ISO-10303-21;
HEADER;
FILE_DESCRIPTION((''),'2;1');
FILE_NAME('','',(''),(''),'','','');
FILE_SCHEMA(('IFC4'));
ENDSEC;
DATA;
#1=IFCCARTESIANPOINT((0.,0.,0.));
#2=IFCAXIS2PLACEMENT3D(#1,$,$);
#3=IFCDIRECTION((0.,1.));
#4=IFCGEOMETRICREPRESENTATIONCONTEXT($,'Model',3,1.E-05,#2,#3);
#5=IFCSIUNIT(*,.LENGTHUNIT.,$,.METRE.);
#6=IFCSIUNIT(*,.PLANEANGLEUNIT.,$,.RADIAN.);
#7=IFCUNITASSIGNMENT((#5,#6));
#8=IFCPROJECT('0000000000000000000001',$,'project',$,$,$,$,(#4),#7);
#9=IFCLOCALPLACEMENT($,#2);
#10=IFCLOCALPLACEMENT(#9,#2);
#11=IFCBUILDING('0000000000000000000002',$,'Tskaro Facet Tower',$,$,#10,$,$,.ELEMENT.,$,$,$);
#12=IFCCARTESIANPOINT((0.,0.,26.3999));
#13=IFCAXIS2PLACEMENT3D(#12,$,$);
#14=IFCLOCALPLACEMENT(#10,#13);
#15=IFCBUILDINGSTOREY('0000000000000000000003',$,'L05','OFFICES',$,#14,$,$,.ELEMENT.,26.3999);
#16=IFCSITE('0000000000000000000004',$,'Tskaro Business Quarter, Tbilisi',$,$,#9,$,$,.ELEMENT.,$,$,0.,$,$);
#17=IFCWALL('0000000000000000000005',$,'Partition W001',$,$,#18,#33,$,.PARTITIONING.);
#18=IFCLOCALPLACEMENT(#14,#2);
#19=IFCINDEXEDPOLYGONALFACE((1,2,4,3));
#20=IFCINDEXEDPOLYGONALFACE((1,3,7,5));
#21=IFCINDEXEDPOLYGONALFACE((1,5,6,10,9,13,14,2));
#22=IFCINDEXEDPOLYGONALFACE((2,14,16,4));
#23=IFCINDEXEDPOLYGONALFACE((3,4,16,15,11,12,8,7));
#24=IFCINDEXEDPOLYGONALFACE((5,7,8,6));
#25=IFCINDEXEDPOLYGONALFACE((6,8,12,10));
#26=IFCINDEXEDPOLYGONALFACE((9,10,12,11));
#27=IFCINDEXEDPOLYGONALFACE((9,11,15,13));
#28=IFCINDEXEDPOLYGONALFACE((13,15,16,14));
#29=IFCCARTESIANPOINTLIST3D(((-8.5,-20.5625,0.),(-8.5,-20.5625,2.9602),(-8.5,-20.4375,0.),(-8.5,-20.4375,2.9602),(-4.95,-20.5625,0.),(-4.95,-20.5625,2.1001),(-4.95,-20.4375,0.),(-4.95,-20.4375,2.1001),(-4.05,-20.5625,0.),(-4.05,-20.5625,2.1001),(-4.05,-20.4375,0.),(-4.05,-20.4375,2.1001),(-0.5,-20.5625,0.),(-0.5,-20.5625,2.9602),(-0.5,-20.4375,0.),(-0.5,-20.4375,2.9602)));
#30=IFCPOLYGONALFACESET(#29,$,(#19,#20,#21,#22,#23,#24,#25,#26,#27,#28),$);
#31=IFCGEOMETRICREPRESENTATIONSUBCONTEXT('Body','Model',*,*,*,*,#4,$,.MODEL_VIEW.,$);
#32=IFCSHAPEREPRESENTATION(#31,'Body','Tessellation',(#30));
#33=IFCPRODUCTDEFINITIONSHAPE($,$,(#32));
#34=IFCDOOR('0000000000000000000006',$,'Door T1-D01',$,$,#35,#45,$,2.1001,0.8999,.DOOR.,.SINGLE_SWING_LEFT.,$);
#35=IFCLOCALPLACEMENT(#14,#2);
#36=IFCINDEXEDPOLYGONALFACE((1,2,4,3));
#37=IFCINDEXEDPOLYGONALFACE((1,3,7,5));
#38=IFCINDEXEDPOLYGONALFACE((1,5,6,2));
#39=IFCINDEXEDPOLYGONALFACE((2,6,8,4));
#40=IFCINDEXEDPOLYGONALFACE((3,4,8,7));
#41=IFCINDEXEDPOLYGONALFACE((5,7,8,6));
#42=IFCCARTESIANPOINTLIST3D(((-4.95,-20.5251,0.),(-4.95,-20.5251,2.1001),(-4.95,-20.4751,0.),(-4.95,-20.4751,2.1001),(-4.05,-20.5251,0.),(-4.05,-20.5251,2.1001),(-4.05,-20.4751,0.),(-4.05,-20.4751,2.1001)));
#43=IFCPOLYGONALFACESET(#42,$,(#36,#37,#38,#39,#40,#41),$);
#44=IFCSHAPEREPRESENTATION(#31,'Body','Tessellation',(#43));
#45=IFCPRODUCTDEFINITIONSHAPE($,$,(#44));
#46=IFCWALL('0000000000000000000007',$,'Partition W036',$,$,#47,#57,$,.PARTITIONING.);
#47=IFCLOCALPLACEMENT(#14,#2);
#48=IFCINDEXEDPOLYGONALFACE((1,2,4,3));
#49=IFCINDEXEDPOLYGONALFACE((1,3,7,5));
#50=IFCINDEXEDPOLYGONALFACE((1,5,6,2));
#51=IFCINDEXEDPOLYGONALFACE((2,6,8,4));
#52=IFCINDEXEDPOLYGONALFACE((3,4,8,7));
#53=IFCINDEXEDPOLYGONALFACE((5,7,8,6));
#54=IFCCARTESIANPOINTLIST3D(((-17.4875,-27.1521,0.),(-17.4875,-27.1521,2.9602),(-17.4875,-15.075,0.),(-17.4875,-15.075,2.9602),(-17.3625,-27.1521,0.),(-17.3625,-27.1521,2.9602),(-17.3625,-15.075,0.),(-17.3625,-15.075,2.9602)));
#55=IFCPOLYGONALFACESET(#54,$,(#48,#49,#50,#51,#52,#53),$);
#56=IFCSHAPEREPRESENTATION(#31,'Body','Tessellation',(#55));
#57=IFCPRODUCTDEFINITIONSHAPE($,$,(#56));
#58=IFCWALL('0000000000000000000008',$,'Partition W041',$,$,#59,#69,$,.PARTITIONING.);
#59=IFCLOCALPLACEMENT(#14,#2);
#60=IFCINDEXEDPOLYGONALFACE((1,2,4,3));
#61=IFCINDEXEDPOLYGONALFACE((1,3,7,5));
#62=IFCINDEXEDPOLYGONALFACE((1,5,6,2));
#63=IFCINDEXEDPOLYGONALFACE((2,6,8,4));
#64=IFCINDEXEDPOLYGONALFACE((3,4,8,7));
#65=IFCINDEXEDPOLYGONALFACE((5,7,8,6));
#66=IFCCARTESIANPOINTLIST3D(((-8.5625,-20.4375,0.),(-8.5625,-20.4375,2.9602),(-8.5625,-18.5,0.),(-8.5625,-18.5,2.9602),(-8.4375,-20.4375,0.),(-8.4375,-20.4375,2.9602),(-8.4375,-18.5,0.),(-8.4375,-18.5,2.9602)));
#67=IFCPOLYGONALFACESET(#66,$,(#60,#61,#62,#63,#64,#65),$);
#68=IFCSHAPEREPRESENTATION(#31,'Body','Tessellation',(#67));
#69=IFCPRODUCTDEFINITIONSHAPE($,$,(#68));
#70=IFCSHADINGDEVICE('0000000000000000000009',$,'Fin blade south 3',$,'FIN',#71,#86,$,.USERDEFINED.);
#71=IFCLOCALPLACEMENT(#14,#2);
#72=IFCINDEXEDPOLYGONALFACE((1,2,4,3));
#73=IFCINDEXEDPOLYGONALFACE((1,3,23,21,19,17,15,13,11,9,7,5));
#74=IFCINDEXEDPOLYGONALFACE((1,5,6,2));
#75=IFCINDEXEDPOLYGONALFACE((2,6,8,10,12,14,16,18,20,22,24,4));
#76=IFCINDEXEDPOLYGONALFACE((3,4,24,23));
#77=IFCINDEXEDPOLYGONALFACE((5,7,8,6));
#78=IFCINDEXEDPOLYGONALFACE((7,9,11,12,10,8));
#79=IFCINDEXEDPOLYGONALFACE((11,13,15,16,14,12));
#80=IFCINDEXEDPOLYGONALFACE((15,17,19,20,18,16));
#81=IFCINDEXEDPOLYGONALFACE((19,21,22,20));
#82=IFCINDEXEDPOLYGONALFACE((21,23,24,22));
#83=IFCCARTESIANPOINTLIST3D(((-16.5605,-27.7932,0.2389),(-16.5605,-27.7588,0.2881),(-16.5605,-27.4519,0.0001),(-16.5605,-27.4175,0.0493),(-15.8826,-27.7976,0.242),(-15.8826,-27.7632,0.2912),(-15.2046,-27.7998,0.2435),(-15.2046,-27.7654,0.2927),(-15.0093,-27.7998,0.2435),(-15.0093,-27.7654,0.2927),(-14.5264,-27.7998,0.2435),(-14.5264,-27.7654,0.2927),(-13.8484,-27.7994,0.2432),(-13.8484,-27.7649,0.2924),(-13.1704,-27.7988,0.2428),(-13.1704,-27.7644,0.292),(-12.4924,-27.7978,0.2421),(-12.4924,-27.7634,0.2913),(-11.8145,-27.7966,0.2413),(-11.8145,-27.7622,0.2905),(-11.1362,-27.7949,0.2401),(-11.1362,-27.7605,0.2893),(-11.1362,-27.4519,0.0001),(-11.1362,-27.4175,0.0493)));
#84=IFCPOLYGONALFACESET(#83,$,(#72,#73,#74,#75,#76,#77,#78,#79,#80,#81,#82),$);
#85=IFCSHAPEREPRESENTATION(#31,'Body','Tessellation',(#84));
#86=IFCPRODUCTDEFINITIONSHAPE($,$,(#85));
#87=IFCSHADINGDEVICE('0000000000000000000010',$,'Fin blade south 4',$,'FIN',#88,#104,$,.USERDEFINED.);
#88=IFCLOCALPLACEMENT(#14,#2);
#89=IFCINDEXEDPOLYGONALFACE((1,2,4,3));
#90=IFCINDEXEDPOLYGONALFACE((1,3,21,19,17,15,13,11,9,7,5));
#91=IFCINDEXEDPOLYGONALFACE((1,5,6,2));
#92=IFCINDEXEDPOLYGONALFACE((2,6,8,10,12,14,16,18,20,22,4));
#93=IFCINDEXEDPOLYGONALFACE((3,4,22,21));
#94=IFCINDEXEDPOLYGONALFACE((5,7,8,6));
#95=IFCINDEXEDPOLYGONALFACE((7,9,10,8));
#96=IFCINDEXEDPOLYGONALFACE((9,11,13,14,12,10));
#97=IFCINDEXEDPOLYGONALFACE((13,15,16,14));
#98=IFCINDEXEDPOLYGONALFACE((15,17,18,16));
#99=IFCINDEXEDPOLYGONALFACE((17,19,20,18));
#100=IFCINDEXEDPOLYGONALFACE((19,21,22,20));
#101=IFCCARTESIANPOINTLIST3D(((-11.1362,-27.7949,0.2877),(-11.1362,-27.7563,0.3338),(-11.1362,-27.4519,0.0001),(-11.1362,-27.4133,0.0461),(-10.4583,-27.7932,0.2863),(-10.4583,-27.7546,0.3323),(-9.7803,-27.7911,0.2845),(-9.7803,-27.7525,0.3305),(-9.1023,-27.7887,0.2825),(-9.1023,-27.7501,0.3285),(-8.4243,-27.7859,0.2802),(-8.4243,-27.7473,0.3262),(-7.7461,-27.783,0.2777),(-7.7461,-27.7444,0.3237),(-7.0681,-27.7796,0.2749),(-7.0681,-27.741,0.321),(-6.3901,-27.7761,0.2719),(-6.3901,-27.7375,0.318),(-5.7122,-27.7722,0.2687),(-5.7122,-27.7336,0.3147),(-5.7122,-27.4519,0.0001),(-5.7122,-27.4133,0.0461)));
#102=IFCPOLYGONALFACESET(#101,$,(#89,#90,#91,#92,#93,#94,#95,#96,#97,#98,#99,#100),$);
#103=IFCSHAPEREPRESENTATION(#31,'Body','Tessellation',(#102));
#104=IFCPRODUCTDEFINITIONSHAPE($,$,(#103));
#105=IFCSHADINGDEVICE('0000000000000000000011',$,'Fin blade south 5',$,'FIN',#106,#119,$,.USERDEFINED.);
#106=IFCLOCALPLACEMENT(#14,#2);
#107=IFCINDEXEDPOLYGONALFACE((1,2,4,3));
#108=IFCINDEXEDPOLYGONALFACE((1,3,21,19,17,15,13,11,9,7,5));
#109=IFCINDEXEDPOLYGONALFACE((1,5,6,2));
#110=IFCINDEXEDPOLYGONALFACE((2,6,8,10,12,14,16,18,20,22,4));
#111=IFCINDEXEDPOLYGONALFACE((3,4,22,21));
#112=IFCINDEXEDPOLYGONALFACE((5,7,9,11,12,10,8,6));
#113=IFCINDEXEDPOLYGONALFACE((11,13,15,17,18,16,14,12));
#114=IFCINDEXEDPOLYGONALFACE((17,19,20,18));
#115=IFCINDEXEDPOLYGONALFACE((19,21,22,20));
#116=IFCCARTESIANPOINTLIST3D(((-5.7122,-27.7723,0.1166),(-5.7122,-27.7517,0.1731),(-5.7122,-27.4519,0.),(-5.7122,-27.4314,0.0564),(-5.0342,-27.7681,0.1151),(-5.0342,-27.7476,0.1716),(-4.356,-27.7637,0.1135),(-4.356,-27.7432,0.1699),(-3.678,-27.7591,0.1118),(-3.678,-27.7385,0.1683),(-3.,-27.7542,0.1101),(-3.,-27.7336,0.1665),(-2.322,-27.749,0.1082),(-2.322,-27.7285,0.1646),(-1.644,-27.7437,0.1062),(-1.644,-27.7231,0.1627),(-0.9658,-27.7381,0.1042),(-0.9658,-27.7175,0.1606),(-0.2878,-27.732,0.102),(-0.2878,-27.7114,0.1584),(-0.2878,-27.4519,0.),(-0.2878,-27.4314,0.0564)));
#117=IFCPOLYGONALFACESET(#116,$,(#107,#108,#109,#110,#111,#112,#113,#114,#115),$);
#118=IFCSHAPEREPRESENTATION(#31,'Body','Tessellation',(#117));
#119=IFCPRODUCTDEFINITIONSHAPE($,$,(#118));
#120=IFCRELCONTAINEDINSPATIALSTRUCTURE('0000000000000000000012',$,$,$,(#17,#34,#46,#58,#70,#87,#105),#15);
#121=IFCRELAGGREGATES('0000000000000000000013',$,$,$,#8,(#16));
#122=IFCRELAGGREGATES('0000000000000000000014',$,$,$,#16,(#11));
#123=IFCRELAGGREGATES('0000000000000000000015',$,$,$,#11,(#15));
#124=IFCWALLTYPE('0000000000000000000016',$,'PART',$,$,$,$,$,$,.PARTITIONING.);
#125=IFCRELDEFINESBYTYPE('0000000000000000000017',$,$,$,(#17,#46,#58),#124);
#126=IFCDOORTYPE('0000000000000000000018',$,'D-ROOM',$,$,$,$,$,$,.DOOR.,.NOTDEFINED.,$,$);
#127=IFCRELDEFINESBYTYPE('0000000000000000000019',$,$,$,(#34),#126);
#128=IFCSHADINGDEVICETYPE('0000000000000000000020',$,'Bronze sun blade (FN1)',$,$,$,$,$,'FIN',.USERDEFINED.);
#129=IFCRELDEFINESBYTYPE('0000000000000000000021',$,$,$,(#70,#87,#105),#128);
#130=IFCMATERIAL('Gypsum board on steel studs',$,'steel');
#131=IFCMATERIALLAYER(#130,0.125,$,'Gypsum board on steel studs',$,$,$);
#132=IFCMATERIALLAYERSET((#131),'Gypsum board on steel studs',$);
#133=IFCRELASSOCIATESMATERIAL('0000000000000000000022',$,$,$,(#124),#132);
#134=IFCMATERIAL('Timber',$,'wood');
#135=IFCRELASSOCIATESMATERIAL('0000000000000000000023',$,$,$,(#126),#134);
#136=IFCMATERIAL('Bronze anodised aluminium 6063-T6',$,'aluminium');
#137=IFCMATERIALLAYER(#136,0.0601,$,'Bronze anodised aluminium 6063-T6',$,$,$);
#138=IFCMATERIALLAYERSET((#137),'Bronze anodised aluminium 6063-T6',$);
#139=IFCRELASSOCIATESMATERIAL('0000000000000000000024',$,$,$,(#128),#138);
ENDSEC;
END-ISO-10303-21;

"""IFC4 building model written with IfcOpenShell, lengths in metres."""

from ifc_helpers import new_model, si_unit, direction, frame, frame_2d, origin, place, context, subcontext, project, spatial, polyline, rectangle, outline, extrude, material, layer, layer_set, type_object, element, fill, save


model = new_model("IFC4")

# Units and contexts
model_context = context("Model", 3, precision=1e-05, world=origin(), true_north=direction((0.0, 1.0)))
body_context = subcontext(model_context, "Body", "Model", "MODEL_VIEW")
ifc_project = project(units=[si_unit("LENGTHUNIT", "METRE"), si_unit("PLANEANGLEUNIT", "RADIAN")], contexts=[model_context])

# Site, building, storey
site_placement = place(None, origin())
site = spatial("IfcSite", under=ifc_project, at=site_placement, Name="Tskaro Business Quarter, Tbilisi", CompositionType="ELEMENT", RefElevation=0.0)
building_placement = place(site_placement, origin())
building = spatial("IfcBuilding", under=site, at=building_placement, Name="Tskaro Facet Tower", CompositionType="ELEMENT")
storey_placement = place(building_placement, frame((0.0, 0.0, 26.3999)))
storey = spatial("IfcBuildingStorey", under=building, at=storey_placement, Name="L05", Description="OFFICES", CompositionType="ELEMENT", Elevation=26.3999)

# Shared definitions
ifc_material_1 = material(Name="Bronze anodised aluminium 6063-T6", Category="aluminium")

# Wall, opening, door
ifc_material_2 = material(Name="Gypsum board on steel studs", Category="steel")
ifc_layer_1 = layer(ifc_material_2, 0.125, Name="Gypsum board on steel studs")
ifc_layer_set_1 = layer_set([ifc_layer_1], Name="Gypsum board on steel studs")
wall_type = type_object("IfcWallType", Name="PART", PredefinedType="PARTITIONING", material=ifc_layer_set_1)
wall_1_placement = place(storey_placement, frame((-8.5, -20.5, 0.0), z_axis=(0.0, 0.0, 1.0), x_axis=(1.0, 0.0, 0.0)))
wall_1 = element("IfcWall", 1, at=wall_1_placement, inside=storey, type_object=wall_type, Name="Partition W001", PredefinedType="PARTITIONING", context=body_context, shape_type="SweptSolid", body=[
    extrude(rectangle(XDim=8.0, YDim=0.125, at=frame_2d((4.0, 0.0))), origin(), (0.0, 0.0, 1.0), 2.9602),
])
opening_placement = place(wall_1_placement, frame((3.55, 0.0, 0.0)))
opening = element("IfcOpeningElement", 2, at=opening_placement, cuts=wall_1, PredefinedType="OPENING", context=body_context, shape_type="SweptSolid", body=[
    extrude(rectangle(XDim=0.8999, YDim=2.1001, at=frame_2d((0.45, 1.05))), frame((0.0, 0.0725, 0.0), z_axis=(0.0, -1.0, 0.0), x_axis=(1.0, 0.0, 0.0)), (0.0, 0.0, 1.0), 0.145),
])
ifc_material_3 = material(Name="Timber", Category="wood")
door_type = type_object("IfcDoorType", Name="D-ROOM", OperationType="NOTDEFINED", PredefinedType="DOOR", material=ifc_material_3)
door_placement = place(opening_placement, origin())
door = element("IfcDoor", 3, at=door_placement, inside=storey, type_object=door_type, Name="Door T1-D01", OperationType="SINGLE_SWING_LEFT", OverallHeight=2.1001, OverallWidth=0.8999, PredefinedType="DOOR", context=body_context, shape_type="SweptSolid", body=[
    extrude(rectangle(XDim=0.8999, YDim=2.1001, at=frame_2d((0.45, 1.05))), frame((0.0, 0.0249, 0.0), z_axis=(0.0, -1.0, 0.0), x_axis=(1.0, 0.0, 0.0)), (0.0, 0.0, 1.0), 0.05),
])
fill(opening, door)

# Walls
wall_2_placement = place(storey_placement, frame((-17.425, -27.1521, 0.0), z_axis=(0.0, 0.0, 1.0), x_axis=(0.0, 1.0, 0.0)))
element("IfcWall", 4, at=wall_2_placement, inside=storey, type_object=wall_type, Name="Partition W036", PredefinedType="PARTITIONING", context=body_context, shape_type="SweptSolid", body=[
    extrude(rectangle(XDim=12.0771, YDim=0.125, at=frame_2d((6.0386, 0.0))), origin(), (0.0, 0.0, 1.0), 2.9602),
])
wall_3_placement = place(storey_placement, frame((-8.5, -20.4375, 0.0), z_axis=(0.0, 0.0, 1.0), x_axis=(0.0, 1.0, 0.0)))
element("IfcWall", 5, at=wall_3_placement, inside=storey, type_object=wall_type, Name="Partition W041", PredefinedType="PARTITIONING", context=body_context, shape_type="SweptSolid", body=[
    extrude(rectangle(XDim=1.9375, YDim=0.125, at=frame_2d((0.9688, 0.0))), origin(), (0.0, 0.0, 1.0), 2.9602),
])

# Shading devices
ifc_layer_2 = layer(ifc_material_1, 0.0601, Name="Bronze anodised aluminium 6063-T6")
ifc_layer_set_2 = layer_set([ifc_layer_2], Name="Bronze anodised aluminium 6063-T6")
shading_device_type = type_object("IfcShadingDeviceType", Name="Bronze sun blade (FN1)", ElementType="FIN", PredefinedType="USERDEFINED", material=ifc_layer_set_2)
shading_device_1_placement = place(storey_placement, frame((-16.5605, -27.4175, 0.0493), z_axis=(-0.000002, 0.573276, 0.819363), x_axis=(1.0, 0.000001, 0.000001)))
element("IfcShadingDevice", 6, at=shading_device_1_placement, inside=storey, type_object=shading_device_type, Name="Fin blade south 3", ObjectType="FIN", PredefinedType="USERDEFINED", context=body_context, shape_type="SweptSolid", body=[
    extrude(outline(polyline([(0.0, 0.0), (5.4243, 0.0), (5.4243, -0.4186), (4.7461, -0.4207), (4.0681, -0.4222), (3.3901, -0.4234), (2.7122, -0.4241), (2.0342, -0.4246), (1.5513, -0.4246), (1.356, -0.4246), (0.678, -0.422), (0.0, -0.4165), (0.0, 0.0)])), origin(), (0.0, 0.0, -1.0), 0.0601),
])
shading_device_2_placement = place(storey_placement, frame((-11.1362, -27.4133, 0.0461), z_axis=(0.0, 0.642552, 0.766242), x_axis=(1.0, 0.0, 0.0)))
element("IfcShadingDevice", 7, at=shading_device_2_placement, inside=storey, type_object=shading_device_type, Name="Fin blade south 4", ObjectType="FIN", PredefinedType="USERDEFINED", context=body_context, shape_type="SweptSolid", body=[
    extrude(outline(polyline([(0.0, 0.0), (5.4241, 0.0), (5.4241, -0.418), (4.7461, -0.423), (4.0681, -0.4277), (3.3901, -0.432), (2.7119, -0.4358), (2.0339, -0.4395), (1.356, -0.4426), (0.678, -0.4454), (0.0, -0.4476), (0.0, 0.0)])), origin(), (0.0, 0.0, -1.0), 0.0601),
])
shading_device_3_placement = place(storey_placement, frame((-5.7122, -27.4314, 0.0564), z_axis=(-0.000001, 0.342224, 0.939618), x_axis=(1.0, 0.0, 0.000001)))
element("IfcShadingDevice", 8, at=shading_device_3_placement, inside=storey, type_object=shading_device_type, Name="Fin blade south 5", ObjectType="FIN", PredefinedType="USERDEFINED", context=body_context, shape_type="SweptSolid", body=[
    extrude(outline(polyline([(0.0, 0.0), (5.4243, 0.0), (5.4243, -0.298), (4.7463, -0.3045), (4.0681, -0.3105), (3.3901, -0.3162), (2.7122, -0.3217), (2.0342, -0.3269), (1.3562, -0.3318), (0.678, -0.3365), (0.0, -0.3409), (0.0, 0.0)])), origin(), (0.0, 0.0, -1.0), 0.0601),
])

save(model, "model.ifc")
